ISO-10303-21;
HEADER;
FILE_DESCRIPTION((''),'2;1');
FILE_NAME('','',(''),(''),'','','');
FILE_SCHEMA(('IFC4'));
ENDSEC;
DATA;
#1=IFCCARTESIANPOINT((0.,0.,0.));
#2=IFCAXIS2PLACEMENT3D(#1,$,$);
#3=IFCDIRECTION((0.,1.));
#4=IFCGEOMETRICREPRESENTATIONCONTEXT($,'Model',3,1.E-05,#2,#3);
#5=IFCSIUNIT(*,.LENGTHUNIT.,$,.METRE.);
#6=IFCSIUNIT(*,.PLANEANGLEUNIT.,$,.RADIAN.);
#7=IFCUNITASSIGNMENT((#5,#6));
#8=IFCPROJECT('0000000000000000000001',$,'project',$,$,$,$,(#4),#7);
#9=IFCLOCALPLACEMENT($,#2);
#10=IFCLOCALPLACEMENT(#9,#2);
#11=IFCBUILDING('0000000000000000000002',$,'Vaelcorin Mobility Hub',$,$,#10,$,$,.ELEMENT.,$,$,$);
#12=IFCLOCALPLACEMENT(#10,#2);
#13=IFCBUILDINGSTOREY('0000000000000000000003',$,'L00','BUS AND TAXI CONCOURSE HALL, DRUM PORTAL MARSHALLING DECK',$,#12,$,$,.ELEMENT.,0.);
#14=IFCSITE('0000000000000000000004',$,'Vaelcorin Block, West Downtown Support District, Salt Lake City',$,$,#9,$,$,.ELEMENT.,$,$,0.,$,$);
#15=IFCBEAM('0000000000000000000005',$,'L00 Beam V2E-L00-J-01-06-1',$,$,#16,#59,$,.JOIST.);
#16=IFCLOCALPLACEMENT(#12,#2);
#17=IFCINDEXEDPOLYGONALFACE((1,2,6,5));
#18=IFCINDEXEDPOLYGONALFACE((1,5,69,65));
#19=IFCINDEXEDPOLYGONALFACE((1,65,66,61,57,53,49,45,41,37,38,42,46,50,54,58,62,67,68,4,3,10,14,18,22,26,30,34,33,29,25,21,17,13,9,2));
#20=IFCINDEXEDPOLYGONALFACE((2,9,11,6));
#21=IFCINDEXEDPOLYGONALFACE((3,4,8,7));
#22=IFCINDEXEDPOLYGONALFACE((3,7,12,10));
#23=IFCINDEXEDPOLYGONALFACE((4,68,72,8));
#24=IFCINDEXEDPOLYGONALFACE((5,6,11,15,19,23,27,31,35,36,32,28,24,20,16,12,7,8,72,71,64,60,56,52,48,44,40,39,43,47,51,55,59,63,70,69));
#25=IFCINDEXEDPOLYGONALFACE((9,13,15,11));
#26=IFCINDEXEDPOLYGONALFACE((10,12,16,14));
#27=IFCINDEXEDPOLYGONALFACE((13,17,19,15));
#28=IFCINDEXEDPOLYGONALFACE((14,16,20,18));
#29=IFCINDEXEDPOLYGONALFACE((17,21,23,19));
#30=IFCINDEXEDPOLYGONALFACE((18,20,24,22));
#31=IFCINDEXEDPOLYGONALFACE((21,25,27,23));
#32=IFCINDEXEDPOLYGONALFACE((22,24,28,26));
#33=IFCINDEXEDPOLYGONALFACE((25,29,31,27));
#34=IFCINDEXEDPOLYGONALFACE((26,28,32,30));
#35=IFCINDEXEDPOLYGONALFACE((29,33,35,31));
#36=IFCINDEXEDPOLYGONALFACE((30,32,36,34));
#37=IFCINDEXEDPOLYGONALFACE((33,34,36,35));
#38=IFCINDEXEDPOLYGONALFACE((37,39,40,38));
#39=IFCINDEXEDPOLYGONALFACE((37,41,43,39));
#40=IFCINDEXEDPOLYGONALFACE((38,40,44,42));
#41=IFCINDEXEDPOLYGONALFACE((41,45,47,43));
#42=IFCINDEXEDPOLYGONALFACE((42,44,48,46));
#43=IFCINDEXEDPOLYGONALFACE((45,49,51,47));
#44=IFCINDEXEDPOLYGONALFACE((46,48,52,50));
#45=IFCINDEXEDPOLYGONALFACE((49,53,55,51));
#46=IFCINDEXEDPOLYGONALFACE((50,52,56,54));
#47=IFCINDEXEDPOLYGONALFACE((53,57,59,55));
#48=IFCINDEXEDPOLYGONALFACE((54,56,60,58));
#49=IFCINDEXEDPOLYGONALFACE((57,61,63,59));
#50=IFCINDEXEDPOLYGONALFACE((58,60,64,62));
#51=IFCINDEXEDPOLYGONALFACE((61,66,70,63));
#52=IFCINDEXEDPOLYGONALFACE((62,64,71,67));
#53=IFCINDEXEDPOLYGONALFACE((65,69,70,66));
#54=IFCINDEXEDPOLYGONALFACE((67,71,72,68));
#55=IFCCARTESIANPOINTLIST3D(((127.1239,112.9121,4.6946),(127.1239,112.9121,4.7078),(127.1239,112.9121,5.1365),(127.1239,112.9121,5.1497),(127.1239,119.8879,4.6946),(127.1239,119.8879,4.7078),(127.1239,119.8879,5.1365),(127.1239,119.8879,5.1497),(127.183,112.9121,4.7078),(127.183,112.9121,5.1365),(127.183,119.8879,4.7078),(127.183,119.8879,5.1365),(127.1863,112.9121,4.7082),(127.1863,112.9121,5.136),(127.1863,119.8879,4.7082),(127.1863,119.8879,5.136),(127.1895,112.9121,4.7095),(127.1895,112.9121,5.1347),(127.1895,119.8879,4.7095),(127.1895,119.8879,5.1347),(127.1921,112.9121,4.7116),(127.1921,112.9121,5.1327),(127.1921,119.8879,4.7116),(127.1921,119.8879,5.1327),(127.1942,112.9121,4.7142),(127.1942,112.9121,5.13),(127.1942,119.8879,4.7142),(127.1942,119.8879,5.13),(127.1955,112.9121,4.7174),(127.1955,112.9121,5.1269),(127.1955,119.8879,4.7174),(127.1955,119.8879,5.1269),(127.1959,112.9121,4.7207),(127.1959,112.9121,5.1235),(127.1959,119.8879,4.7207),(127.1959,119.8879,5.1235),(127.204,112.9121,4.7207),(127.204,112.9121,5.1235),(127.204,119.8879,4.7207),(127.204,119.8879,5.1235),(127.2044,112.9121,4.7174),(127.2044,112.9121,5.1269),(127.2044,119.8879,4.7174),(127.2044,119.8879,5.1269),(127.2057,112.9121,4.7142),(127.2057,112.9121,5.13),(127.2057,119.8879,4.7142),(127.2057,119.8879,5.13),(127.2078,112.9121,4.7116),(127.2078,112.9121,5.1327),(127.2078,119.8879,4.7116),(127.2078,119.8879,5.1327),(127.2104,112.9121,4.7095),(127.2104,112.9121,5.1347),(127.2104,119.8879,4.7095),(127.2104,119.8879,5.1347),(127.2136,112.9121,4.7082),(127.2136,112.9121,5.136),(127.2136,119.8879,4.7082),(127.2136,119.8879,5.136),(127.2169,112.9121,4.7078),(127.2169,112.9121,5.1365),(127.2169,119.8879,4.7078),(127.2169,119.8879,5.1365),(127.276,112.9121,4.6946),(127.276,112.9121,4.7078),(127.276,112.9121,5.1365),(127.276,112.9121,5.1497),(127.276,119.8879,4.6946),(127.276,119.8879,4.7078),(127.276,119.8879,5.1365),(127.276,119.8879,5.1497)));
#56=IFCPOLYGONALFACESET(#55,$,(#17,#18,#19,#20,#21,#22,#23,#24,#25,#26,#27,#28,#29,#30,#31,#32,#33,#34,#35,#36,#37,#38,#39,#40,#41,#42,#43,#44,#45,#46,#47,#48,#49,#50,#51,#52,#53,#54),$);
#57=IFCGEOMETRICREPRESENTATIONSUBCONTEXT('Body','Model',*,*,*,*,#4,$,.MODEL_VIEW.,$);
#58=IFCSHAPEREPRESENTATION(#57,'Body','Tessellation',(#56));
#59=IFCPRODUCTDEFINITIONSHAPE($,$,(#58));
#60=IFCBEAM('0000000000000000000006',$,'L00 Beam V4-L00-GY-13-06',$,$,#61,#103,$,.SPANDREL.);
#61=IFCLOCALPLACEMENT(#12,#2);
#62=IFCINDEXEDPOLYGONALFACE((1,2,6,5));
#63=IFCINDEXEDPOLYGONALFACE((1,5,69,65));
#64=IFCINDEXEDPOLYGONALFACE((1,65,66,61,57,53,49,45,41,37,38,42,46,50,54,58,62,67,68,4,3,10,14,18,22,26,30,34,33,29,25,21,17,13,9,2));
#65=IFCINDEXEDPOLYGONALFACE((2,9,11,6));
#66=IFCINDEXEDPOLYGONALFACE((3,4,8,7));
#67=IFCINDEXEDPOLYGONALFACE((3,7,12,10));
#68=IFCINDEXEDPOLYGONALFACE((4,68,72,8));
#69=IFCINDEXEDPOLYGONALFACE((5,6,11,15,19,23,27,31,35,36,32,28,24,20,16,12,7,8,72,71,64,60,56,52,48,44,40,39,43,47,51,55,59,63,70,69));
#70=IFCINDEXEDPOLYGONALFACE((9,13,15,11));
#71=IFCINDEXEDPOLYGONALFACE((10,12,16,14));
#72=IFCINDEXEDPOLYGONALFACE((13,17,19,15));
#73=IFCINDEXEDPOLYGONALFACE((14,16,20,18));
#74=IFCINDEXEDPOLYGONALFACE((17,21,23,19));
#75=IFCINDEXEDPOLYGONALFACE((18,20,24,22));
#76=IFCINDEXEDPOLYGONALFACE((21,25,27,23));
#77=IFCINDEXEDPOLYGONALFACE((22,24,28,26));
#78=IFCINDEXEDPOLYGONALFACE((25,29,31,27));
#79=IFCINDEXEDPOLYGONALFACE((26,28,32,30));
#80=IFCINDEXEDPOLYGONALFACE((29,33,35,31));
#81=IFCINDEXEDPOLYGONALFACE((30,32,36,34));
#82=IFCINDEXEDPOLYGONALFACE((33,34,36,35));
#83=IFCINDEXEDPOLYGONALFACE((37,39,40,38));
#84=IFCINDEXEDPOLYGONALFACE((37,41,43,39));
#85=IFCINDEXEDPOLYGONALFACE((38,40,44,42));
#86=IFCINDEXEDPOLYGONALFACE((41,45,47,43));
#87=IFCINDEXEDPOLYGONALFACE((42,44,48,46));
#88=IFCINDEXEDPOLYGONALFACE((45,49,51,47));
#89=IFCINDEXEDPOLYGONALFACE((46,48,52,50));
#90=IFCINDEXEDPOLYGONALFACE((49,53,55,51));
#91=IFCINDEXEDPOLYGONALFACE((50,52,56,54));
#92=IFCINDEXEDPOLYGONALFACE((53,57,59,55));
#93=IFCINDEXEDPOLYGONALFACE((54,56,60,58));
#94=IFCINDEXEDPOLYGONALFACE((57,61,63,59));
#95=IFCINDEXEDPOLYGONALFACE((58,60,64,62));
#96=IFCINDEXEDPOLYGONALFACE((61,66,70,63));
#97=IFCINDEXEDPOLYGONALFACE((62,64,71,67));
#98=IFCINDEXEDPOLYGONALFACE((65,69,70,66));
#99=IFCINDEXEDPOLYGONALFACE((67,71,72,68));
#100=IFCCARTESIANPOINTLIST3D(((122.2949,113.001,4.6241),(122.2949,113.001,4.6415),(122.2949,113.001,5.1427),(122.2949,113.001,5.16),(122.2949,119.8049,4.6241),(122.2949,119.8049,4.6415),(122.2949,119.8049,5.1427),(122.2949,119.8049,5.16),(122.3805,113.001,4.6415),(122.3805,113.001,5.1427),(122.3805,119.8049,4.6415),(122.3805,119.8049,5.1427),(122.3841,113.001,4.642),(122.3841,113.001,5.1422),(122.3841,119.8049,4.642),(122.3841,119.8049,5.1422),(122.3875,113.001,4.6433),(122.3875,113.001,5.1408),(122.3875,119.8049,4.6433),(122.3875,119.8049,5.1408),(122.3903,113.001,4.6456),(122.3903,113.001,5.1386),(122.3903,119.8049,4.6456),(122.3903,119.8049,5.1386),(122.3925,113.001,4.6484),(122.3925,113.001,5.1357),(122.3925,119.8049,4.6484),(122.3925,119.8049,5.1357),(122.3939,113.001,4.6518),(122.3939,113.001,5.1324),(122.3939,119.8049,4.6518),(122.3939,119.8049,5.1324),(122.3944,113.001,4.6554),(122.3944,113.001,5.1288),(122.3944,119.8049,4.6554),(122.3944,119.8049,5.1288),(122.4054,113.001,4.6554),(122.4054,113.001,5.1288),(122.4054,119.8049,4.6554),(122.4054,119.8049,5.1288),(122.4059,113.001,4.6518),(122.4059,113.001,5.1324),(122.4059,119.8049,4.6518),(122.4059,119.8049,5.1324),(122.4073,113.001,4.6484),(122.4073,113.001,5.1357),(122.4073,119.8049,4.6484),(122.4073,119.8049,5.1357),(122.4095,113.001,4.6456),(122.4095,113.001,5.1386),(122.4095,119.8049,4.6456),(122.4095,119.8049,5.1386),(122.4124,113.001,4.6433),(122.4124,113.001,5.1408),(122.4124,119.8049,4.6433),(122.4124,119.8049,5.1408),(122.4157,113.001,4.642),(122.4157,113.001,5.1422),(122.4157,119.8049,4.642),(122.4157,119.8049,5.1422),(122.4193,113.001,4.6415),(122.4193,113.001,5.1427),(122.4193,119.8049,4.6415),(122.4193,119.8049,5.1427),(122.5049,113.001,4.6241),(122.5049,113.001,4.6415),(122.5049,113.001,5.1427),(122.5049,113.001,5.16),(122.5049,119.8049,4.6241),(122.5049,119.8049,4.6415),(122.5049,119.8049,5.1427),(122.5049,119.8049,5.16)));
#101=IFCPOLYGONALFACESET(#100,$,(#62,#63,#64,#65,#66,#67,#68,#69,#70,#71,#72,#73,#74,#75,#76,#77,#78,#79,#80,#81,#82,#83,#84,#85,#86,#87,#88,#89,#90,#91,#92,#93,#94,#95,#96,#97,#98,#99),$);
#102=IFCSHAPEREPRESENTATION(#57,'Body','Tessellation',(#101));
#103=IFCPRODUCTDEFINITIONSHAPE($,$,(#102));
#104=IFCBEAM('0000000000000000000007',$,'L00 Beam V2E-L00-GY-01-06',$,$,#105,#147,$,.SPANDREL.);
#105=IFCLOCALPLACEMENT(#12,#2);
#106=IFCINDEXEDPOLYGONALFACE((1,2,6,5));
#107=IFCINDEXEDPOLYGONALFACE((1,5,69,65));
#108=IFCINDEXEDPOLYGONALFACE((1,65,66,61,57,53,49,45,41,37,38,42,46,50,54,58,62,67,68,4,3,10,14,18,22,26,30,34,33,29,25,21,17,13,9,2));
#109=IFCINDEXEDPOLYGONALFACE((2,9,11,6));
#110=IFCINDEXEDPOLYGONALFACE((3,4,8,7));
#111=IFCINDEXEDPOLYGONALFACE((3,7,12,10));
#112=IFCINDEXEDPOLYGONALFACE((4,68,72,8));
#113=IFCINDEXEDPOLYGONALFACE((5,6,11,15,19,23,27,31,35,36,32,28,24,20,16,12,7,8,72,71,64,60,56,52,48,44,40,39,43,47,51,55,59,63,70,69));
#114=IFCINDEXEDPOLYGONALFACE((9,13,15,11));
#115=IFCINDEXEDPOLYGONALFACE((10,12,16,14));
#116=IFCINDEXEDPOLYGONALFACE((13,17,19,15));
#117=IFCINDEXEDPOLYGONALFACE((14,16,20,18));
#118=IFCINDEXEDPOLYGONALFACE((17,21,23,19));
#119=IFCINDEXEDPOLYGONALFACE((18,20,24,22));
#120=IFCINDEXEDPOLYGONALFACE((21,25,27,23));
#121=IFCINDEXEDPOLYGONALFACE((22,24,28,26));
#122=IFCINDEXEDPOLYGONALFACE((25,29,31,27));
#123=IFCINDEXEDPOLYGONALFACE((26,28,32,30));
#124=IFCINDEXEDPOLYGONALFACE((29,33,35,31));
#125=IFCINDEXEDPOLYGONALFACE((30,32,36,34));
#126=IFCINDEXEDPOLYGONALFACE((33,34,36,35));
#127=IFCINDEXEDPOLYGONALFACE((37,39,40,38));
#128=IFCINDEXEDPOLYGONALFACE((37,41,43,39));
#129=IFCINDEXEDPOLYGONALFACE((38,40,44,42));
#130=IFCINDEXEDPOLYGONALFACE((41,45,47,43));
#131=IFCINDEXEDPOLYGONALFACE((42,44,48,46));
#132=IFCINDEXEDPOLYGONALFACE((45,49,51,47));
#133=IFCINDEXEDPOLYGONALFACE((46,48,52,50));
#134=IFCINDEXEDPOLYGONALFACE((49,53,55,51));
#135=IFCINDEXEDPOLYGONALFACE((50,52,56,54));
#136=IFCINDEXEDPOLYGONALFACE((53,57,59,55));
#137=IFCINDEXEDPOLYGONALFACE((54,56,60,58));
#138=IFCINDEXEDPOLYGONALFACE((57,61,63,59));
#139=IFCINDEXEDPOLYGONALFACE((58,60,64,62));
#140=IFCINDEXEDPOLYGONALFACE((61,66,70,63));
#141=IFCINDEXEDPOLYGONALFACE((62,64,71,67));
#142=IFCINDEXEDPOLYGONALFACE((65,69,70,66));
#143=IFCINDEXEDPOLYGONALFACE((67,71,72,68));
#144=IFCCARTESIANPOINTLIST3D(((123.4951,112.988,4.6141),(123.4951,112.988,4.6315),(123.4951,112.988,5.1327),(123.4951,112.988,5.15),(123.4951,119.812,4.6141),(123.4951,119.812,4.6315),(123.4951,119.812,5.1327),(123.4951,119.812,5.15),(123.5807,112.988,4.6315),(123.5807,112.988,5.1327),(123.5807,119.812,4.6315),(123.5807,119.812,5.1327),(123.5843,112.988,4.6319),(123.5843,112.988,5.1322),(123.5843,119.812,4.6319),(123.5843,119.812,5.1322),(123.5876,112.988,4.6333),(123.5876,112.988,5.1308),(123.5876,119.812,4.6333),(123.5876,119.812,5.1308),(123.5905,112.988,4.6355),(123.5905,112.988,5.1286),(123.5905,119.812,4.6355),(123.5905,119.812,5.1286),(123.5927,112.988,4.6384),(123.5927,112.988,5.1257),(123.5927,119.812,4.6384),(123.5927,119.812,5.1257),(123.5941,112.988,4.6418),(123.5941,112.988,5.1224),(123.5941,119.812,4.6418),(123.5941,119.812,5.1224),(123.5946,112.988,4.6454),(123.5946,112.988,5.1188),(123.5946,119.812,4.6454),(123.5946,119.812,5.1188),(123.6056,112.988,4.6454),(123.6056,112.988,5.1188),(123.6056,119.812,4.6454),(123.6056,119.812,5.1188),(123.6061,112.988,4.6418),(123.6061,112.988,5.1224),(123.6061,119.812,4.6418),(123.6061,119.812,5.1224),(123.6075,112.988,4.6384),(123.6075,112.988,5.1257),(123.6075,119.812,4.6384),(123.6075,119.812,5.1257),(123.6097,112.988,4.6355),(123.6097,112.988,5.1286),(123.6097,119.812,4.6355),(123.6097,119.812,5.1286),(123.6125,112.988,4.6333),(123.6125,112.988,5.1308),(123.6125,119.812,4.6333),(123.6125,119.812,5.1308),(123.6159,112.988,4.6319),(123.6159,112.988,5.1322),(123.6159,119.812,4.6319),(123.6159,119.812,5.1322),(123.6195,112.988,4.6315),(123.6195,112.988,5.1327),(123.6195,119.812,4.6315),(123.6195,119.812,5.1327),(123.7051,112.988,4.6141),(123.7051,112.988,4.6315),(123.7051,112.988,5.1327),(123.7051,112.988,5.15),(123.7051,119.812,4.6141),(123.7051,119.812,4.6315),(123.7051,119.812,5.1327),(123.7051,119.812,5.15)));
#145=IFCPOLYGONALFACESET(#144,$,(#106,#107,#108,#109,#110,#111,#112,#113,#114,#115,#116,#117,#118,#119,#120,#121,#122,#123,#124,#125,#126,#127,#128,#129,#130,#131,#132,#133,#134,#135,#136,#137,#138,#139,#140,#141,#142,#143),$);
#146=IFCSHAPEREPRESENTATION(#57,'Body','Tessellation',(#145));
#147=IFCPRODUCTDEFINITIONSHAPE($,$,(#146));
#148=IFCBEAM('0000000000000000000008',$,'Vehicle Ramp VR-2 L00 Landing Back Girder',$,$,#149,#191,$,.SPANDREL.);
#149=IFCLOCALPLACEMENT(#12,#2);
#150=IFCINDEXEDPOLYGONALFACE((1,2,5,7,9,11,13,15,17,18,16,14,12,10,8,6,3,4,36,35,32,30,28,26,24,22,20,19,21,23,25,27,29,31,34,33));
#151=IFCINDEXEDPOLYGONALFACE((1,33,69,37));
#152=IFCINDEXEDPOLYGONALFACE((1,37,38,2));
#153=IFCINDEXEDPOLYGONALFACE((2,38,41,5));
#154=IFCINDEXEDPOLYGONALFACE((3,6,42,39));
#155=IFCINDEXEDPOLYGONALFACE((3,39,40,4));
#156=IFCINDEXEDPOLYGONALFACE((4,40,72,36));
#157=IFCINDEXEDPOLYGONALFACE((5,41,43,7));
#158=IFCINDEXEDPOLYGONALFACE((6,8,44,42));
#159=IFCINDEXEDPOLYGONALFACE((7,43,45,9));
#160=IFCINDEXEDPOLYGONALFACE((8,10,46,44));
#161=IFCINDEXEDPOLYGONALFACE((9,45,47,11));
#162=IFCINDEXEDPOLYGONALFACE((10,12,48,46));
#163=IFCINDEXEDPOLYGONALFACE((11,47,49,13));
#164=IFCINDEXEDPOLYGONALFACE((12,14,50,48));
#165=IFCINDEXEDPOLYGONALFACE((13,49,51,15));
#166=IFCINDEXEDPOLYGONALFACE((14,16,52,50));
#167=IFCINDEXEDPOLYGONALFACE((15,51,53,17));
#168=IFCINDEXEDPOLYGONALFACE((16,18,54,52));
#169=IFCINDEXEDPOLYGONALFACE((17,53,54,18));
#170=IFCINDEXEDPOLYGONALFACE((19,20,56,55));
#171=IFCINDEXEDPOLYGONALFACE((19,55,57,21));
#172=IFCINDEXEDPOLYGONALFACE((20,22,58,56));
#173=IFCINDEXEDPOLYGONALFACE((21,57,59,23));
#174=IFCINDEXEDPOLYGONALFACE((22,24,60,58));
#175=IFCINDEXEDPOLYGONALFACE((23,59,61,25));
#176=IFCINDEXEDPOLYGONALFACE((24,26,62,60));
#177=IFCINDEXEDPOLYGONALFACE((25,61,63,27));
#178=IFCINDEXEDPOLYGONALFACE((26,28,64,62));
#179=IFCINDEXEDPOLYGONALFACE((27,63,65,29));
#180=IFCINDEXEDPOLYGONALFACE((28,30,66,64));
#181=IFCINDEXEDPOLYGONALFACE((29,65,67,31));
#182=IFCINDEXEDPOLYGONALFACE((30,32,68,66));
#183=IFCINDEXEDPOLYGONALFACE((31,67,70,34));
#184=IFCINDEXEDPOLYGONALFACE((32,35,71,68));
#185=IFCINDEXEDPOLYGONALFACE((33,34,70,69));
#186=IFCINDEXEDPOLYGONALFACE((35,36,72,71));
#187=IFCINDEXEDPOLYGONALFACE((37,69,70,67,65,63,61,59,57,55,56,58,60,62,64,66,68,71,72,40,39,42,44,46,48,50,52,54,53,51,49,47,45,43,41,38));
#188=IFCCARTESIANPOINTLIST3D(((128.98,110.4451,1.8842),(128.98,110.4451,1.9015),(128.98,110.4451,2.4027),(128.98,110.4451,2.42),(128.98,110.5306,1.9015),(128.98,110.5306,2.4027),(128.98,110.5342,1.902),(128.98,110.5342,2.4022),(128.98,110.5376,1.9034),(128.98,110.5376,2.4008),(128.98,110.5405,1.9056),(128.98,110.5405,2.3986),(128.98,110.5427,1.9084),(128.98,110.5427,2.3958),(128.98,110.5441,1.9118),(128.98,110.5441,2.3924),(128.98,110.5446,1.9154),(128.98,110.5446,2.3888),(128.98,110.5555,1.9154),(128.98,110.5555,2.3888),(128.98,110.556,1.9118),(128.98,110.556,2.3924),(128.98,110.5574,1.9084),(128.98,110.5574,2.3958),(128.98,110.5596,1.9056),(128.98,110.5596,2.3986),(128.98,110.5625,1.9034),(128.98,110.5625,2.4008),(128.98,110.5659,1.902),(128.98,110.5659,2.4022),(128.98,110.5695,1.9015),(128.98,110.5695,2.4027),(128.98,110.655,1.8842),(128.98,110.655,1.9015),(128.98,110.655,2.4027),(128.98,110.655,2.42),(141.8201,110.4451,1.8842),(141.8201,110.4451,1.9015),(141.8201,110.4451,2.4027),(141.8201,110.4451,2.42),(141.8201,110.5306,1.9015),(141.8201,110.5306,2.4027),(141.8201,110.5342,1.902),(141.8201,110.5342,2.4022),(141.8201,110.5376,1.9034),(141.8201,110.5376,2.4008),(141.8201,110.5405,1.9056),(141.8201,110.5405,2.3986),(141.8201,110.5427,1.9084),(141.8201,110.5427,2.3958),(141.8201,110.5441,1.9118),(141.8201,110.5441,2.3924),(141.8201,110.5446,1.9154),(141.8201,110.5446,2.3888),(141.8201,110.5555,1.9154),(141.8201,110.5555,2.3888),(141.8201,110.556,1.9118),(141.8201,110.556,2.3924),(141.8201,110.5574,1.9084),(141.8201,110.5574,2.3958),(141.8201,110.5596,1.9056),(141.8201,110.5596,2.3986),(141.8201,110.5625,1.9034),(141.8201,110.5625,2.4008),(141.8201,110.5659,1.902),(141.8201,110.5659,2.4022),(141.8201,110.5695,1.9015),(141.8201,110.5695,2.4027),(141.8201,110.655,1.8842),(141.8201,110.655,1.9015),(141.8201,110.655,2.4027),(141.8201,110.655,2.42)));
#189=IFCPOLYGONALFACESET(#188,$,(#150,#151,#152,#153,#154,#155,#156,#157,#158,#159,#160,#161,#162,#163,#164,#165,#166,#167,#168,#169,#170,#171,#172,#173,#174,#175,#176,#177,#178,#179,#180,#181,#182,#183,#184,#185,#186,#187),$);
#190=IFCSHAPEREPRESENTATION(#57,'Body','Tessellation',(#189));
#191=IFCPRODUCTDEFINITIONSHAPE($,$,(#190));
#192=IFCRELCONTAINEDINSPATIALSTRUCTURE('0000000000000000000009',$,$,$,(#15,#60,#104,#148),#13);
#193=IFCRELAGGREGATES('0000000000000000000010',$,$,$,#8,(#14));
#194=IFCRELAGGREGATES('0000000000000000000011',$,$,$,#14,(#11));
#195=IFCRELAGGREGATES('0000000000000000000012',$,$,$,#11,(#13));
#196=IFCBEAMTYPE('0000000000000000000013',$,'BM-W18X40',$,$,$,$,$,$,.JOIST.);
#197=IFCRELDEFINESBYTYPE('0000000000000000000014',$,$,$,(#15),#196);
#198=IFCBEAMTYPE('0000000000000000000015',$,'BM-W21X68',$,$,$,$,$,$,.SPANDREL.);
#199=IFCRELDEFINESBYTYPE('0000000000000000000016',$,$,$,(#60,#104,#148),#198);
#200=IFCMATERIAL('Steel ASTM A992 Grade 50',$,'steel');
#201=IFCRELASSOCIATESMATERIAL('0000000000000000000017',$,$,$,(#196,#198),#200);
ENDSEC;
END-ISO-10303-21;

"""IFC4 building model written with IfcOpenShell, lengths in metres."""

from ifc_helpers import new_model, si_unit, direction, frame, origin, origin_2d, place, context, subcontext, project, spatial, i_section, extrude, material, material_profile, profile_set, type_object, element, save


model = new_model("IFC4")

# Units and contexts
model_context = context("Model", 3, precision=1e-05, world=origin(), true_north=direction((0.0, 1.0)))
body_context = subcontext(model_context, "Body", "Model", "MODEL_VIEW")
ifc_project = project(units=[si_unit("LENGTHUNIT", "METRE"), si_unit("PLANEANGLEUNIT", "RADIAN")], contexts=[model_context])

# Site, building, storey
site_placement = place(None, origin())
site = spatial("IfcSite", under=ifc_project, at=site_placement, Name="Vaelcorin Block, West Downtown Support District, Salt Lake City", CompositionType="ELEMENT", RefElevation=0.0)
building_placement = place(site_placement, origin())
building = spatial("IfcBuilding", under=site, at=building_placement, Name="Vaelcorin Mobility Hub", CompositionType="ELEMENT")
storey_placement = place(building_placement, origin())
storey = spatial("IfcBuildingStorey", under=building, at=storey_placement, Name="L00", Description="BUS AND TAXI CONCOURSE HALL, DRUM PORTAL MARSHALLING DECK", CompositionType="ELEMENT", Elevation=0.0)

# Shared definitions
ifc_material_1 = material(Name="Steel ASTM A992 Grade 50", Category="steel")

# Beams
ifc_material_profile_1 = material_profile(ifc_material_1, i_section(OverallWidth=0.1521, OverallDepth=0.4551, WebThickness=0.0081, FlangeThickness=0.0132, FilletRadius=0.0129, at=origin_2d()), Name="W18X40")
ifc_profile_set_1 = profile_set([ifc_material_profile_1], Name="Steel ASTM A992 Grade 50")
beam_type_1 = type_object("IfcBeamType", Name="BM-W18X40", PredefinedType="JOIST", material=ifc_profile_set_1)
beam_1_placement = place(storey_placement, frame((127.2, 112.9121, 4.9221), z_axis=(0.0, 1.0, 0.0), x_axis=(-1.0, 0.0, 0.0)))
element("IfcBeam", 1, at=beam_1_placement, inside=storey, type_object=beam_type_1, Name="L00 Beam V2E-L00-J-01-06-1", PredefinedType="JOIST", context=body_context, shape_type="SweptSolid", body=[
    extrude(i_section(OverallWidth=0.1521, OverallDepth=0.4551, WebThickness=0.0081, FlangeThickness=0.0132, FilletRadius=0.0129, at=origin_2d()), origin(), (0.0, 0.0, 1.0), 6.9758),
])
ifc_material_profile_2 = material_profile(ifc_material_1, i_section(OverallWidth=0.21, OverallDepth=0.5359, WebThickness=0.011, FlangeThickness=0.0173, FilletRadius=0.0139, at=origin_2d()), Name="W21X68")
ifc_profile_set_2 = profile_set([ifc_material_profile_2], Name="Steel ASTM A992 Grade 50")
beam_type_2 = type_object("IfcBeamType", Name="BM-W21X68", PredefinedType="SPANDREL", material=ifc_profile_set_2)
beam_2_placement = place(storey_placement, frame((122.3999, 113.001, 4.8921), z_axis=(0.0, 1.0, 0.0), x_axis=(-1.0, 0.0, 0.0)))
element("IfcBeam", 2, at=beam_2_placement, inside=storey, type_object=beam_type_2, Name="L00 Beam V4-L00-GY-13-06", PredefinedType="SPANDREL", context=body_context, shape_type="SweptSolid", body=[
    extrude(i_section(OverallWidth=0.21, OverallDepth=0.5359, WebThickness=0.011, FlangeThickness=0.0173, FilletRadius=0.0139, at=origin_2d()), origin(), (0.0, 0.0, 1.0), 6.804),
])
beam_3_placement = place(storey_placement, frame((123.6001, 112.988, 4.8821), z_axis=(0.0, 1.0, 0.0), x_axis=(-1.0, 0.0, 0.0)))
element("IfcBeam", 3, at=beam_3_placement, inside=storey, type_object=beam_type_2, Name="L00 Beam V2E-L00-GY-01-06", PredefinedType="SPANDREL", context=body_context, shape_type="SweptSolid", body=[
    extrude(i_section(OverallWidth=0.21, OverallDepth=0.5359, WebThickness=0.011, FlangeThickness=0.0173, FilletRadius=0.0139, at=origin_2d()), origin(), (0.0, 0.0, 1.0), 6.824),
])
beam_4_placement = place(storey_placement, frame((128.98, 110.55, 2.1521), z_axis=(1.0, 0.0, 0.0), x_axis=(0.0, 1.0, 0.0)))
element("IfcBeam", 4, at=beam_4_placement, inside=storey, type_object=beam_type_2, Name="Vehicle Ramp VR-2 L00 Landing Back Girder", PredefinedType="SPANDREL", context=body_context, shape_type="SweptSolid", body=[
    extrude(i_section(OverallWidth=0.21, OverallDepth=0.5359, WebThickness=0.011, FlangeThickness=0.0173, FilletRadius=0.0139, at=origin_2d()), origin(), (0.0, 0.0, 1.0), 12.8401),
])

save(model, "model.ifc")
